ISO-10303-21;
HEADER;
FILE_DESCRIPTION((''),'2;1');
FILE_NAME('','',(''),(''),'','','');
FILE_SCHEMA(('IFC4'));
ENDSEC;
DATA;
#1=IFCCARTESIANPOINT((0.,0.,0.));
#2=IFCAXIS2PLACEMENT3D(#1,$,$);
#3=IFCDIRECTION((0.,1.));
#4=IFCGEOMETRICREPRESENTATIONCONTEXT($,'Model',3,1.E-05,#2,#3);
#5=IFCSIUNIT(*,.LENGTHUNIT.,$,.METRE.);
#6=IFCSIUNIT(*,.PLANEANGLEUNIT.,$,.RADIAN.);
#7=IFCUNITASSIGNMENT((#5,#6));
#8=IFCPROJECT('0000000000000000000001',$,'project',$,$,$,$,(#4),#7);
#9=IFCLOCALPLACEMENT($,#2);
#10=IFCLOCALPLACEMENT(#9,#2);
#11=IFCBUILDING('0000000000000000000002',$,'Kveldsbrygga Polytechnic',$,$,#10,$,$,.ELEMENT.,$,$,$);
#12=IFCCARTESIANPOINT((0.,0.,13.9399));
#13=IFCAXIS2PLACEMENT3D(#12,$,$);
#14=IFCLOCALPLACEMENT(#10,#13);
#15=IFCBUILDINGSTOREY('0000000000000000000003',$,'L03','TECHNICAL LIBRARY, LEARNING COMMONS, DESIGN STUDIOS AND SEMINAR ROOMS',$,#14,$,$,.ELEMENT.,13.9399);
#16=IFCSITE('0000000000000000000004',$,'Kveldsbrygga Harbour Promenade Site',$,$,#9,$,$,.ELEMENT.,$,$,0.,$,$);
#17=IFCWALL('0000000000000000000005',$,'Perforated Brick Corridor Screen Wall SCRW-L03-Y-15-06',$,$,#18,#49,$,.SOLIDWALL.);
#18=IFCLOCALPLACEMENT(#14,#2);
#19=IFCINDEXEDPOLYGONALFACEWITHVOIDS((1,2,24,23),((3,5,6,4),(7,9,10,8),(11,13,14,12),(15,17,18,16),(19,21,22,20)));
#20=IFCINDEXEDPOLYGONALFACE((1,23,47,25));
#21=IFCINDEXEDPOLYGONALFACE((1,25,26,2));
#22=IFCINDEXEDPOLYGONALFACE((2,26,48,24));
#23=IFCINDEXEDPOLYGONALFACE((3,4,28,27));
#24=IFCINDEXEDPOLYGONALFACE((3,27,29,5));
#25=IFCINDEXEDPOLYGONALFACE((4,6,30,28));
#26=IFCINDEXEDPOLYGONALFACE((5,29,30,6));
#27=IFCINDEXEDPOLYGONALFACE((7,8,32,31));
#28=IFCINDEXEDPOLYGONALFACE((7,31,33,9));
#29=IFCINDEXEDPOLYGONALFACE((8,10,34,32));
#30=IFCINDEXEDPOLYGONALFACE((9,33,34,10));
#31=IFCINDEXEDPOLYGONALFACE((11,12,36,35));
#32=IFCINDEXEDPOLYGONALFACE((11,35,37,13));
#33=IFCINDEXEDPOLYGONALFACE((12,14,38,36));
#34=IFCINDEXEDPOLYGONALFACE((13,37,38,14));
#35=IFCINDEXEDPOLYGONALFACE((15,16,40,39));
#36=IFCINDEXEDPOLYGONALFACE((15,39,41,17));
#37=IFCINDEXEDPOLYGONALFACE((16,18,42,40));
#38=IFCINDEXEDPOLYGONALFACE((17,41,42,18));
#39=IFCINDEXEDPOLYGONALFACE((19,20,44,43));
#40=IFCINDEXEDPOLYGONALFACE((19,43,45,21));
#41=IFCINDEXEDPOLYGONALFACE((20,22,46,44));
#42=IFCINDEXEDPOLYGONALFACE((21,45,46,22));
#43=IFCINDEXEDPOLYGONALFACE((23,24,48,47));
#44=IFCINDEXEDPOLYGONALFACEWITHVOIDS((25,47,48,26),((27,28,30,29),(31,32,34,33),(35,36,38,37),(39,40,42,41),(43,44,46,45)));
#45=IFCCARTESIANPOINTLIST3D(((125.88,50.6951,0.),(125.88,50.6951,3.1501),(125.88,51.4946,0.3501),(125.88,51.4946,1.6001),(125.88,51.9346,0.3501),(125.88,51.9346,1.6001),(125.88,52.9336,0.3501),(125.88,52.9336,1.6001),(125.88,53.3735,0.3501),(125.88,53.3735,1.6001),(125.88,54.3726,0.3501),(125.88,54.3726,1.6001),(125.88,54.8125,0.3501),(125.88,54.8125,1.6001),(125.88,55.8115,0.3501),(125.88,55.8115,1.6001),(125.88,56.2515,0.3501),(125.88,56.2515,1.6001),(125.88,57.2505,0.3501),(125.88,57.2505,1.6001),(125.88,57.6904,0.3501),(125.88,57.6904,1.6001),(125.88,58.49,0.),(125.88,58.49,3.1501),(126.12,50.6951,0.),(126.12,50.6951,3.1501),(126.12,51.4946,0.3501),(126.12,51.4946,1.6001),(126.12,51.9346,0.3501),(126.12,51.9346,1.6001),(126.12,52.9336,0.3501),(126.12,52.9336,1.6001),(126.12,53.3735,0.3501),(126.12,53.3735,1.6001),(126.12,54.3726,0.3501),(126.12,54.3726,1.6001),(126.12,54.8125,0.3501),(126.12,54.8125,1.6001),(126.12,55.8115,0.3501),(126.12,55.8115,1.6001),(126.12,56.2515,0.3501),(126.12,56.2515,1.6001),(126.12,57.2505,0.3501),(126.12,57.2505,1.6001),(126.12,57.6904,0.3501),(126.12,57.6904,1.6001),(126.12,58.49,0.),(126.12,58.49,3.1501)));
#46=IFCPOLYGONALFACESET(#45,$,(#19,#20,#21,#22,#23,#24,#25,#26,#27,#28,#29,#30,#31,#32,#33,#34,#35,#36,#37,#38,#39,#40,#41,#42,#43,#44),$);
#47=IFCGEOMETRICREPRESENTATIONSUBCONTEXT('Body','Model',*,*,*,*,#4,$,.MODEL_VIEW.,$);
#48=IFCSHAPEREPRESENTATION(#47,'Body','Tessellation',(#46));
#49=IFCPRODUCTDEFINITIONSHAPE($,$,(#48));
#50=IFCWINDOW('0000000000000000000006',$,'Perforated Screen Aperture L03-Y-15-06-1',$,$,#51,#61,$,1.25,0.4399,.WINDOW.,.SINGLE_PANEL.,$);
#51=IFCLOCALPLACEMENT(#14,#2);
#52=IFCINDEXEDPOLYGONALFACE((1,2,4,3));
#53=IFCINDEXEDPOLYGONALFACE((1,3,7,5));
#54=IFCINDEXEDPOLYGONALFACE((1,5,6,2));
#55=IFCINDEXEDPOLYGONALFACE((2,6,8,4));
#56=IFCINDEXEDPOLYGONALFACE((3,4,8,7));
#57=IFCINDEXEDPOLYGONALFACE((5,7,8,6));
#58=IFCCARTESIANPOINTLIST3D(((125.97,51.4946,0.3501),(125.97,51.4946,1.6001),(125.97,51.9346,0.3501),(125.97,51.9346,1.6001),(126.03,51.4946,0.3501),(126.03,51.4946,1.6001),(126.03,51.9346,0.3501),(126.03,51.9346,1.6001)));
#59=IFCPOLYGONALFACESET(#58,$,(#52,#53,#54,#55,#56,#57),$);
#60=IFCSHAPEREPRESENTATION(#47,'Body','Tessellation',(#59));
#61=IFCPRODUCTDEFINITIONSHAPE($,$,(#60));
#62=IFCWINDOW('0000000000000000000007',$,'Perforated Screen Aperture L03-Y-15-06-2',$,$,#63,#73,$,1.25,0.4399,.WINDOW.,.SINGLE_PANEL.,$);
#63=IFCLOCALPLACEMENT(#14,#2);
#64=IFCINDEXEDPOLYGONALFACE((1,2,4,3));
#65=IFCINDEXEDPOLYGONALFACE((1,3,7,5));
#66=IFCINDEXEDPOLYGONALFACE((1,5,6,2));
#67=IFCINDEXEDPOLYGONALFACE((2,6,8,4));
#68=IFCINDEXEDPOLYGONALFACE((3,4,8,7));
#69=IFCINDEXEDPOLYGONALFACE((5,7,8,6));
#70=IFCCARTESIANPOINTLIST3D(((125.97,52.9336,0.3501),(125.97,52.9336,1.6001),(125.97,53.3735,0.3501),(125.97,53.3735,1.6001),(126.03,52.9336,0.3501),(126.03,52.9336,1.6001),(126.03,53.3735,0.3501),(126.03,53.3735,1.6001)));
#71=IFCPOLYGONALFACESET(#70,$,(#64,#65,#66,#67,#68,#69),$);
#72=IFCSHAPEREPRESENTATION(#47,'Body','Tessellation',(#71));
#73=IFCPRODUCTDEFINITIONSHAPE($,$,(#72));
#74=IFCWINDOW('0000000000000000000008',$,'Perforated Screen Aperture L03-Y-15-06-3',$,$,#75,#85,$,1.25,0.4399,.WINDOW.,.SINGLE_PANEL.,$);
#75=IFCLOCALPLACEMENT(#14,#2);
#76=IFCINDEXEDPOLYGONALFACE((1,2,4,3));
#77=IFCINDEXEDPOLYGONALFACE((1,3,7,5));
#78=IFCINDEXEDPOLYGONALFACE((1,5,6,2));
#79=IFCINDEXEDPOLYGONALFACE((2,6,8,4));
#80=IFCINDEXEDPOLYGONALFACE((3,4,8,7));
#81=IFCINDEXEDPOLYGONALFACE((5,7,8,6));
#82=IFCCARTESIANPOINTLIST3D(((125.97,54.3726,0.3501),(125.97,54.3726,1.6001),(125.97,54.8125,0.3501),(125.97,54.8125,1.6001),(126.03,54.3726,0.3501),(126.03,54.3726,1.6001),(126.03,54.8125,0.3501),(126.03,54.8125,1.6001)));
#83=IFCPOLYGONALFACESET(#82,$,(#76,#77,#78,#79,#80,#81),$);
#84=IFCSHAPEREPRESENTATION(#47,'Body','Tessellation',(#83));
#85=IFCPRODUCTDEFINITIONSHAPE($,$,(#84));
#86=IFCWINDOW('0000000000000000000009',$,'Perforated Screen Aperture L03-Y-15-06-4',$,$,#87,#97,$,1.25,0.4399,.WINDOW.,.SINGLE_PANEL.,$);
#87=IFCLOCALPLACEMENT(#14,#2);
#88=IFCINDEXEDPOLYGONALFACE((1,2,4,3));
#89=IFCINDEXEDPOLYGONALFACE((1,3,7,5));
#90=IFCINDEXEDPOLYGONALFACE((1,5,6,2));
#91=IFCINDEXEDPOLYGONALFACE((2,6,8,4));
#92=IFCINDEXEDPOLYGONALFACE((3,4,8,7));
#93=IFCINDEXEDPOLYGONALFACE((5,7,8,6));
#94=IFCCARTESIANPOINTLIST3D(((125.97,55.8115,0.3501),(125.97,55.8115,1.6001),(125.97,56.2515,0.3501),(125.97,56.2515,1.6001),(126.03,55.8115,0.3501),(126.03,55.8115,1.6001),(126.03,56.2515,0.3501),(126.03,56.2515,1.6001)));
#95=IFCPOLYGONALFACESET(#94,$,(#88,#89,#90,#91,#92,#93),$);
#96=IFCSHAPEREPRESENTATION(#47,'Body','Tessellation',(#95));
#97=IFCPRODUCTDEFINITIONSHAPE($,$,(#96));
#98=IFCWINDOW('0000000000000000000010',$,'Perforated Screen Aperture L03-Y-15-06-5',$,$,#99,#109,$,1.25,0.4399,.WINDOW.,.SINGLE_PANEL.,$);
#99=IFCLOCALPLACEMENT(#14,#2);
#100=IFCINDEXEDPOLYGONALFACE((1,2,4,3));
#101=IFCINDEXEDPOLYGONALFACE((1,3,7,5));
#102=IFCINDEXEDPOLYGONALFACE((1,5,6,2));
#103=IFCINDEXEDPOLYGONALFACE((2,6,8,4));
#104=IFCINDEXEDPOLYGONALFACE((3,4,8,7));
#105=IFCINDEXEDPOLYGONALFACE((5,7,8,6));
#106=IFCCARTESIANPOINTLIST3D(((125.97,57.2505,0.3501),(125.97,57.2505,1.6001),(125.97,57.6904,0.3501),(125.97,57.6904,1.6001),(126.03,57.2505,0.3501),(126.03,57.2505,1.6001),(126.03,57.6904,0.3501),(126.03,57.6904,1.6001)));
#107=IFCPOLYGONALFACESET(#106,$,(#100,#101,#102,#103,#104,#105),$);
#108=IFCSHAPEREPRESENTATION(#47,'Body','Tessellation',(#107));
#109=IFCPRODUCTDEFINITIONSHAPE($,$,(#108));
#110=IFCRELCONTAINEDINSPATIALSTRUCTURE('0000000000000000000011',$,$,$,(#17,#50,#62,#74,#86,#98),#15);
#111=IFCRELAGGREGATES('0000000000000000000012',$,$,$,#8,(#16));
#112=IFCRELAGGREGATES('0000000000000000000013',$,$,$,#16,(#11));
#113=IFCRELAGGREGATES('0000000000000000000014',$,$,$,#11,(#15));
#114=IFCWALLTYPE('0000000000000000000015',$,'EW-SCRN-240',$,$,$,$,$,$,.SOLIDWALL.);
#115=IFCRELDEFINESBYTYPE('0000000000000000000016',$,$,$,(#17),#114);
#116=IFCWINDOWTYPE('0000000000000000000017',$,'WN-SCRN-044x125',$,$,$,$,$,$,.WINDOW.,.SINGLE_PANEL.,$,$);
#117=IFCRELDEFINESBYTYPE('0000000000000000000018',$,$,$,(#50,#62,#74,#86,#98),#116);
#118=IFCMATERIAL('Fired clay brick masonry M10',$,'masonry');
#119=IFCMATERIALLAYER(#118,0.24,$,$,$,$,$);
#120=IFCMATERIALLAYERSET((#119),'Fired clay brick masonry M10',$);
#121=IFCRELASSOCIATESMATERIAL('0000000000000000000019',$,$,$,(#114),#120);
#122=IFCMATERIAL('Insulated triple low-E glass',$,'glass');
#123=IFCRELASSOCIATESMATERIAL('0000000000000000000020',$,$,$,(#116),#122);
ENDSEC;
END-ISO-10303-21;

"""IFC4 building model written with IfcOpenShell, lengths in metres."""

from ifc_helpers import new_model, si_unit, direction, frame, frame_2d, origin, place, context, subcontext, project, spatial, rectangle, extrude, material, layer, layer_set, type_object, element, fill, save


model = new_model("IFC4")

# Units and contexts
model_context = context("Model", 3, precision=1e-05, world=origin(), true_north=direction((0.0, 1.0)))
body_context = subcontext(model_context, "Body", "Model", "MODEL_VIEW")
ifc_project = project(units=[si_unit("LENGTHUNIT", "METRE"), si_unit("PLANEANGLEUNIT", "RADIAN")], contexts=[model_context])

# Site, building, storey
site_placement = place(None, origin())
site = spatial("IfcSite", under=ifc_project, at=site_placement, Name="Kveldsbrygga Harbour Promenade Site", CompositionType="ELEMENT", RefElevation=0.0)
building_placement = place(site_placement, origin())
building = spatial("IfcBuilding", under=site, at=building_placement, Name="Kveldsbrygga Polytechnic", CompositionType="ELEMENT")
storey_placement = place(building_placement, frame((0.0, 0.0, 13.9399)))
storey = spatial("IfcBuildingStorey", under=building, at=storey_placement, Name="L03", Description="TECHNICAL LIBRARY, LEARNING COMMONS, DESIGN STUDIOS AND SEMINAR ROOMS", CompositionType="ELEMENT", Elevation=13.9399)

# Wall, openings, windows
ifc_material_1 = material(Name="Fired clay brick masonry M10", Category="masonry")
ifc_layer = layer(ifc_material_1, 0.24)
ifc_layer_set = layer_set([ifc_layer], Name="Fired clay brick masonry M10")
wall_type = type_object("IfcWallType", Name="EW-SCRN-240", PredefinedType="SOLIDWALL", material=ifc_layer_set)
wall_1_placement = place(storey_placement, frame((126.0, 50.6951, 0.0), z_axis=(0.0, 0.0, 1.0), x_axis=(0.0, 1.0, 0.0)))
wall_1 = element("IfcWall", 1, at=wall_1_placement, inside=storey, type_object=wall_type, Name="Perforated Brick Corridor Screen Wall SCRW-L03-Y-15-06", PredefinedType="SOLIDWALL", context=body_context, shape_type="SweptSolid", body=[
    extrude(rectangle(XDim=7.7949, YDim=0.24, at=frame_2d((3.8975, 0.0))), origin(), (0.0, 0.0, 1.0), 3.1501),
])
opening_1_placement = place(wall_1_placement, frame((0.7996, 0.0, 0.3501)))
opening_1 = element("IfcOpeningElement", 2, at=opening_1_placement, cuts=wall_1, PredefinedType="OPENING", context=body_context, shape_type="SweptSolid", body=[
    extrude(rectangle(XDim=0.4399, YDim=1.25, at=frame_2d((0.22, 0.625))), frame((0.0, 0.1299, 0.0), z_axis=(0.0, -1.0, 0.0), x_axis=(1.0, 0.0, 0.0)), (0.0, 0.0, 1.0), 0.26),
])
opening_2_placement = place(wall_1_placement, frame((2.2385, 0.0, 0.3501)))
opening_2 = element("IfcOpeningElement", 3, at=opening_2_placement, cuts=wall_1, PredefinedType="OPENING", context=body_context, shape_type="SweptSolid", body=[
    extrude(rectangle(XDim=0.4399, YDim=1.25, at=frame_2d((0.22, 0.625))), frame((0.0, 0.1299, 0.0), z_axis=(0.0, -1.0, 0.0), x_axis=(1.0, 0.0, 0.0)), (0.0, 0.0, 1.0), 0.26),
])
opening_3_placement = place(wall_1_placement, frame((3.6775, 0.0, 0.3501)))
opening_3 = element("IfcOpeningElement", 4, at=opening_3_placement, cuts=wall_1, PredefinedType="OPENING", context=body_context, shape_type="SweptSolid", body=[
    extrude(rectangle(XDim=0.4399, YDim=1.25, at=frame_2d((0.22, 0.625))), frame((0.0, 0.1299, 0.0), z_axis=(0.0, -1.0, 0.0), x_axis=(1.0, 0.0, 0.0)), (0.0, 0.0, 1.0), 0.26),
])
opening_4_placement = place(wall_1_placement, frame((5.1165, 0.0, 0.3501)))
opening_4 = element("IfcOpeningElement", 5, at=opening_4_placement, cuts=wall_1, PredefinedType="OPENING", context=body_context, shape_type="SweptSolid", body=[
    extrude(rectangle(XDim=0.4399, YDim=1.25, at=frame_2d((0.22, 0.625))), frame((0.0, 0.1299, 0.0), z_axis=(0.0, -1.0, 0.0), x_axis=(1.0, 0.0, 0.0)), (0.0, 0.0, 1.0), 0.26),
])
opening_5_placement = place(wall_1_placement, frame((6.5554, 0.0, 0.3501)))
opening_5 = element("IfcOpeningElement", 6, at=opening_5_placement, cuts=wall_1, PredefinedType="OPENING", context=body_context, shape_type="SweptSolid", body=[
    extrude(rectangle(XDim=0.4399, YDim=1.25, at=frame_2d((0.22, 0.625))), frame((0.0, 0.1299, 0.0), z_axis=(0.0, -1.0, 0.0), x_axis=(1.0, 0.0, 0.0)), (0.0, 0.0, 1.0), 0.26),
])
ifc_material_2 = material(Name="Insulated triple low-E glass", Category="glass")
window_type = type_object("IfcWindowType", Name="WN-SCRN-044x125", PartitioningType="SINGLE_PANEL", PredefinedType="WINDOW", material=ifc_material_2)
window_1_placement = place(opening_1_placement, origin())
window_1 = element("IfcWindow", 7, at=window_1_placement, inside=storey, type_object=window_type, Name="Perforated Screen Aperture L03-Y-15-06-1", OverallHeight=1.25, OverallWidth=0.4399, PartitioningType="SINGLE_PANEL", PredefinedType="WINDOW", context=body_context, shape_type="SweptSolid", body=[
    extrude(rectangle(XDim=0.4399, YDim=1.25, at=frame_2d((0.22, 0.625))), frame((0.0, 0.03, 0.0), z_axis=(0.0, -1.0, 0.0), x_axis=(1.0, 0.0, 0.0)), (0.0, 0.0, 1.0), 0.0601),
])
fill(opening_1, window_1)
window_2_placement = place(opening_2_placement, origin())
window_2 = element("IfcWindow", 8, at=window_2_placement, inside=storey, type_object=window_type, Name="Perforated Screen Aperture L03-Y-15-06-2", OverallHeight=1.25, OverallWidth=0.4399, PartitioningType="SINGLE_PANEL", PredefinedType="WINDOW", context=body_context, shape_type="SweptSolid", body=[
    extrude(rectangle(XDim=0.4399, YDim=1.25, at=frame_2d((0.22, 0.625))), frame((0.0, 0.03, 0.0), z_axis=(0.0, -1.0, 0.0), x_axis=(1.0, 0.0, 0.0)), (0.0, 0.0, 1.0), 0.0601),
])
fill(opening_2, window_2)
window_3_placement = place(opening_3_placement, origin())
window_3 = element("IfcWindow", 9, at=window_3_placement, inside=storey, type_object=window_type, Name="Perforated Screen Aperture L03-Y-15-06-3", OverallHeight=1.25, OverallWidth=0.4399, PartitioningType="SINGLE_PANEL", PredefinedType="WINDOW", context=body_context, shape_type="SweptSolid", body=[
    extrude(rectangle(XDim=0.4399, YDim=1.25, at=frame_2d((0.22, 0.625))), frame((0.0, 0.03, 0.0), z_axis=(0.0, -1.0, 0.0), x_axis=(1.0, 0.0, 0.0)), (0.0, 0.0, 1.0), 0.0601),
])
fill(opening_3, window_3)
window_4_placement = place(opening_4_placement, origin())
window_4 = element("IfcWindow", 10, at=window_4_placement, inside=storey, type_object=window_type, Name="Perforated Screen Aperture L03-Y-15-06-4", OverallHeight=1.25, OverallWidth=0.4399, PartitioningType="SINGLE_PANEL", PredefinedType="WINDOW", context=body_context, shape_type="SweptSolid", body=[
    extrude(rectangle(XDim=0.4399, YDim=1.25, at=frame_2d((0.22, 0.625))), frame((0.0, 0.03, 0.0), z_axis=(0.0, -1.0, 0.0), x_axis=(1.0, 0.0, 0.0)), (0.0, 0.0, 1.0), 0.0601),
])
fill(opening_4, window_4)
window_5_placement = place(opening_5_placement, origin())
window_5 = element("IfcWindow", 11, at=window_5_placement, inside=storey, type_object=window_type, Name="Perforated Screen Aperture L03-Y-15-06-5", OverallHeight=1.25, OverallWidth=0.4399, PartitioningType="SINGLE_PANEL", PredefinedType="WINDOW", context=body_context, shape_type="SweptSolid", body=[
    extrude(rectangle(XDim=0.4399, YDim=1.25, at=frame_2d((0.22, 0.625))), frame((0.0, 0.03, 0.0), z_axis=(0.0, -1.0, 0.0), x_axis=(1.0, 0.0, 0.0)), (0.0, 0.0, 1.0), 0.0601),
])
fill(opening_5, window_5)

save(model, "model.ifc")
